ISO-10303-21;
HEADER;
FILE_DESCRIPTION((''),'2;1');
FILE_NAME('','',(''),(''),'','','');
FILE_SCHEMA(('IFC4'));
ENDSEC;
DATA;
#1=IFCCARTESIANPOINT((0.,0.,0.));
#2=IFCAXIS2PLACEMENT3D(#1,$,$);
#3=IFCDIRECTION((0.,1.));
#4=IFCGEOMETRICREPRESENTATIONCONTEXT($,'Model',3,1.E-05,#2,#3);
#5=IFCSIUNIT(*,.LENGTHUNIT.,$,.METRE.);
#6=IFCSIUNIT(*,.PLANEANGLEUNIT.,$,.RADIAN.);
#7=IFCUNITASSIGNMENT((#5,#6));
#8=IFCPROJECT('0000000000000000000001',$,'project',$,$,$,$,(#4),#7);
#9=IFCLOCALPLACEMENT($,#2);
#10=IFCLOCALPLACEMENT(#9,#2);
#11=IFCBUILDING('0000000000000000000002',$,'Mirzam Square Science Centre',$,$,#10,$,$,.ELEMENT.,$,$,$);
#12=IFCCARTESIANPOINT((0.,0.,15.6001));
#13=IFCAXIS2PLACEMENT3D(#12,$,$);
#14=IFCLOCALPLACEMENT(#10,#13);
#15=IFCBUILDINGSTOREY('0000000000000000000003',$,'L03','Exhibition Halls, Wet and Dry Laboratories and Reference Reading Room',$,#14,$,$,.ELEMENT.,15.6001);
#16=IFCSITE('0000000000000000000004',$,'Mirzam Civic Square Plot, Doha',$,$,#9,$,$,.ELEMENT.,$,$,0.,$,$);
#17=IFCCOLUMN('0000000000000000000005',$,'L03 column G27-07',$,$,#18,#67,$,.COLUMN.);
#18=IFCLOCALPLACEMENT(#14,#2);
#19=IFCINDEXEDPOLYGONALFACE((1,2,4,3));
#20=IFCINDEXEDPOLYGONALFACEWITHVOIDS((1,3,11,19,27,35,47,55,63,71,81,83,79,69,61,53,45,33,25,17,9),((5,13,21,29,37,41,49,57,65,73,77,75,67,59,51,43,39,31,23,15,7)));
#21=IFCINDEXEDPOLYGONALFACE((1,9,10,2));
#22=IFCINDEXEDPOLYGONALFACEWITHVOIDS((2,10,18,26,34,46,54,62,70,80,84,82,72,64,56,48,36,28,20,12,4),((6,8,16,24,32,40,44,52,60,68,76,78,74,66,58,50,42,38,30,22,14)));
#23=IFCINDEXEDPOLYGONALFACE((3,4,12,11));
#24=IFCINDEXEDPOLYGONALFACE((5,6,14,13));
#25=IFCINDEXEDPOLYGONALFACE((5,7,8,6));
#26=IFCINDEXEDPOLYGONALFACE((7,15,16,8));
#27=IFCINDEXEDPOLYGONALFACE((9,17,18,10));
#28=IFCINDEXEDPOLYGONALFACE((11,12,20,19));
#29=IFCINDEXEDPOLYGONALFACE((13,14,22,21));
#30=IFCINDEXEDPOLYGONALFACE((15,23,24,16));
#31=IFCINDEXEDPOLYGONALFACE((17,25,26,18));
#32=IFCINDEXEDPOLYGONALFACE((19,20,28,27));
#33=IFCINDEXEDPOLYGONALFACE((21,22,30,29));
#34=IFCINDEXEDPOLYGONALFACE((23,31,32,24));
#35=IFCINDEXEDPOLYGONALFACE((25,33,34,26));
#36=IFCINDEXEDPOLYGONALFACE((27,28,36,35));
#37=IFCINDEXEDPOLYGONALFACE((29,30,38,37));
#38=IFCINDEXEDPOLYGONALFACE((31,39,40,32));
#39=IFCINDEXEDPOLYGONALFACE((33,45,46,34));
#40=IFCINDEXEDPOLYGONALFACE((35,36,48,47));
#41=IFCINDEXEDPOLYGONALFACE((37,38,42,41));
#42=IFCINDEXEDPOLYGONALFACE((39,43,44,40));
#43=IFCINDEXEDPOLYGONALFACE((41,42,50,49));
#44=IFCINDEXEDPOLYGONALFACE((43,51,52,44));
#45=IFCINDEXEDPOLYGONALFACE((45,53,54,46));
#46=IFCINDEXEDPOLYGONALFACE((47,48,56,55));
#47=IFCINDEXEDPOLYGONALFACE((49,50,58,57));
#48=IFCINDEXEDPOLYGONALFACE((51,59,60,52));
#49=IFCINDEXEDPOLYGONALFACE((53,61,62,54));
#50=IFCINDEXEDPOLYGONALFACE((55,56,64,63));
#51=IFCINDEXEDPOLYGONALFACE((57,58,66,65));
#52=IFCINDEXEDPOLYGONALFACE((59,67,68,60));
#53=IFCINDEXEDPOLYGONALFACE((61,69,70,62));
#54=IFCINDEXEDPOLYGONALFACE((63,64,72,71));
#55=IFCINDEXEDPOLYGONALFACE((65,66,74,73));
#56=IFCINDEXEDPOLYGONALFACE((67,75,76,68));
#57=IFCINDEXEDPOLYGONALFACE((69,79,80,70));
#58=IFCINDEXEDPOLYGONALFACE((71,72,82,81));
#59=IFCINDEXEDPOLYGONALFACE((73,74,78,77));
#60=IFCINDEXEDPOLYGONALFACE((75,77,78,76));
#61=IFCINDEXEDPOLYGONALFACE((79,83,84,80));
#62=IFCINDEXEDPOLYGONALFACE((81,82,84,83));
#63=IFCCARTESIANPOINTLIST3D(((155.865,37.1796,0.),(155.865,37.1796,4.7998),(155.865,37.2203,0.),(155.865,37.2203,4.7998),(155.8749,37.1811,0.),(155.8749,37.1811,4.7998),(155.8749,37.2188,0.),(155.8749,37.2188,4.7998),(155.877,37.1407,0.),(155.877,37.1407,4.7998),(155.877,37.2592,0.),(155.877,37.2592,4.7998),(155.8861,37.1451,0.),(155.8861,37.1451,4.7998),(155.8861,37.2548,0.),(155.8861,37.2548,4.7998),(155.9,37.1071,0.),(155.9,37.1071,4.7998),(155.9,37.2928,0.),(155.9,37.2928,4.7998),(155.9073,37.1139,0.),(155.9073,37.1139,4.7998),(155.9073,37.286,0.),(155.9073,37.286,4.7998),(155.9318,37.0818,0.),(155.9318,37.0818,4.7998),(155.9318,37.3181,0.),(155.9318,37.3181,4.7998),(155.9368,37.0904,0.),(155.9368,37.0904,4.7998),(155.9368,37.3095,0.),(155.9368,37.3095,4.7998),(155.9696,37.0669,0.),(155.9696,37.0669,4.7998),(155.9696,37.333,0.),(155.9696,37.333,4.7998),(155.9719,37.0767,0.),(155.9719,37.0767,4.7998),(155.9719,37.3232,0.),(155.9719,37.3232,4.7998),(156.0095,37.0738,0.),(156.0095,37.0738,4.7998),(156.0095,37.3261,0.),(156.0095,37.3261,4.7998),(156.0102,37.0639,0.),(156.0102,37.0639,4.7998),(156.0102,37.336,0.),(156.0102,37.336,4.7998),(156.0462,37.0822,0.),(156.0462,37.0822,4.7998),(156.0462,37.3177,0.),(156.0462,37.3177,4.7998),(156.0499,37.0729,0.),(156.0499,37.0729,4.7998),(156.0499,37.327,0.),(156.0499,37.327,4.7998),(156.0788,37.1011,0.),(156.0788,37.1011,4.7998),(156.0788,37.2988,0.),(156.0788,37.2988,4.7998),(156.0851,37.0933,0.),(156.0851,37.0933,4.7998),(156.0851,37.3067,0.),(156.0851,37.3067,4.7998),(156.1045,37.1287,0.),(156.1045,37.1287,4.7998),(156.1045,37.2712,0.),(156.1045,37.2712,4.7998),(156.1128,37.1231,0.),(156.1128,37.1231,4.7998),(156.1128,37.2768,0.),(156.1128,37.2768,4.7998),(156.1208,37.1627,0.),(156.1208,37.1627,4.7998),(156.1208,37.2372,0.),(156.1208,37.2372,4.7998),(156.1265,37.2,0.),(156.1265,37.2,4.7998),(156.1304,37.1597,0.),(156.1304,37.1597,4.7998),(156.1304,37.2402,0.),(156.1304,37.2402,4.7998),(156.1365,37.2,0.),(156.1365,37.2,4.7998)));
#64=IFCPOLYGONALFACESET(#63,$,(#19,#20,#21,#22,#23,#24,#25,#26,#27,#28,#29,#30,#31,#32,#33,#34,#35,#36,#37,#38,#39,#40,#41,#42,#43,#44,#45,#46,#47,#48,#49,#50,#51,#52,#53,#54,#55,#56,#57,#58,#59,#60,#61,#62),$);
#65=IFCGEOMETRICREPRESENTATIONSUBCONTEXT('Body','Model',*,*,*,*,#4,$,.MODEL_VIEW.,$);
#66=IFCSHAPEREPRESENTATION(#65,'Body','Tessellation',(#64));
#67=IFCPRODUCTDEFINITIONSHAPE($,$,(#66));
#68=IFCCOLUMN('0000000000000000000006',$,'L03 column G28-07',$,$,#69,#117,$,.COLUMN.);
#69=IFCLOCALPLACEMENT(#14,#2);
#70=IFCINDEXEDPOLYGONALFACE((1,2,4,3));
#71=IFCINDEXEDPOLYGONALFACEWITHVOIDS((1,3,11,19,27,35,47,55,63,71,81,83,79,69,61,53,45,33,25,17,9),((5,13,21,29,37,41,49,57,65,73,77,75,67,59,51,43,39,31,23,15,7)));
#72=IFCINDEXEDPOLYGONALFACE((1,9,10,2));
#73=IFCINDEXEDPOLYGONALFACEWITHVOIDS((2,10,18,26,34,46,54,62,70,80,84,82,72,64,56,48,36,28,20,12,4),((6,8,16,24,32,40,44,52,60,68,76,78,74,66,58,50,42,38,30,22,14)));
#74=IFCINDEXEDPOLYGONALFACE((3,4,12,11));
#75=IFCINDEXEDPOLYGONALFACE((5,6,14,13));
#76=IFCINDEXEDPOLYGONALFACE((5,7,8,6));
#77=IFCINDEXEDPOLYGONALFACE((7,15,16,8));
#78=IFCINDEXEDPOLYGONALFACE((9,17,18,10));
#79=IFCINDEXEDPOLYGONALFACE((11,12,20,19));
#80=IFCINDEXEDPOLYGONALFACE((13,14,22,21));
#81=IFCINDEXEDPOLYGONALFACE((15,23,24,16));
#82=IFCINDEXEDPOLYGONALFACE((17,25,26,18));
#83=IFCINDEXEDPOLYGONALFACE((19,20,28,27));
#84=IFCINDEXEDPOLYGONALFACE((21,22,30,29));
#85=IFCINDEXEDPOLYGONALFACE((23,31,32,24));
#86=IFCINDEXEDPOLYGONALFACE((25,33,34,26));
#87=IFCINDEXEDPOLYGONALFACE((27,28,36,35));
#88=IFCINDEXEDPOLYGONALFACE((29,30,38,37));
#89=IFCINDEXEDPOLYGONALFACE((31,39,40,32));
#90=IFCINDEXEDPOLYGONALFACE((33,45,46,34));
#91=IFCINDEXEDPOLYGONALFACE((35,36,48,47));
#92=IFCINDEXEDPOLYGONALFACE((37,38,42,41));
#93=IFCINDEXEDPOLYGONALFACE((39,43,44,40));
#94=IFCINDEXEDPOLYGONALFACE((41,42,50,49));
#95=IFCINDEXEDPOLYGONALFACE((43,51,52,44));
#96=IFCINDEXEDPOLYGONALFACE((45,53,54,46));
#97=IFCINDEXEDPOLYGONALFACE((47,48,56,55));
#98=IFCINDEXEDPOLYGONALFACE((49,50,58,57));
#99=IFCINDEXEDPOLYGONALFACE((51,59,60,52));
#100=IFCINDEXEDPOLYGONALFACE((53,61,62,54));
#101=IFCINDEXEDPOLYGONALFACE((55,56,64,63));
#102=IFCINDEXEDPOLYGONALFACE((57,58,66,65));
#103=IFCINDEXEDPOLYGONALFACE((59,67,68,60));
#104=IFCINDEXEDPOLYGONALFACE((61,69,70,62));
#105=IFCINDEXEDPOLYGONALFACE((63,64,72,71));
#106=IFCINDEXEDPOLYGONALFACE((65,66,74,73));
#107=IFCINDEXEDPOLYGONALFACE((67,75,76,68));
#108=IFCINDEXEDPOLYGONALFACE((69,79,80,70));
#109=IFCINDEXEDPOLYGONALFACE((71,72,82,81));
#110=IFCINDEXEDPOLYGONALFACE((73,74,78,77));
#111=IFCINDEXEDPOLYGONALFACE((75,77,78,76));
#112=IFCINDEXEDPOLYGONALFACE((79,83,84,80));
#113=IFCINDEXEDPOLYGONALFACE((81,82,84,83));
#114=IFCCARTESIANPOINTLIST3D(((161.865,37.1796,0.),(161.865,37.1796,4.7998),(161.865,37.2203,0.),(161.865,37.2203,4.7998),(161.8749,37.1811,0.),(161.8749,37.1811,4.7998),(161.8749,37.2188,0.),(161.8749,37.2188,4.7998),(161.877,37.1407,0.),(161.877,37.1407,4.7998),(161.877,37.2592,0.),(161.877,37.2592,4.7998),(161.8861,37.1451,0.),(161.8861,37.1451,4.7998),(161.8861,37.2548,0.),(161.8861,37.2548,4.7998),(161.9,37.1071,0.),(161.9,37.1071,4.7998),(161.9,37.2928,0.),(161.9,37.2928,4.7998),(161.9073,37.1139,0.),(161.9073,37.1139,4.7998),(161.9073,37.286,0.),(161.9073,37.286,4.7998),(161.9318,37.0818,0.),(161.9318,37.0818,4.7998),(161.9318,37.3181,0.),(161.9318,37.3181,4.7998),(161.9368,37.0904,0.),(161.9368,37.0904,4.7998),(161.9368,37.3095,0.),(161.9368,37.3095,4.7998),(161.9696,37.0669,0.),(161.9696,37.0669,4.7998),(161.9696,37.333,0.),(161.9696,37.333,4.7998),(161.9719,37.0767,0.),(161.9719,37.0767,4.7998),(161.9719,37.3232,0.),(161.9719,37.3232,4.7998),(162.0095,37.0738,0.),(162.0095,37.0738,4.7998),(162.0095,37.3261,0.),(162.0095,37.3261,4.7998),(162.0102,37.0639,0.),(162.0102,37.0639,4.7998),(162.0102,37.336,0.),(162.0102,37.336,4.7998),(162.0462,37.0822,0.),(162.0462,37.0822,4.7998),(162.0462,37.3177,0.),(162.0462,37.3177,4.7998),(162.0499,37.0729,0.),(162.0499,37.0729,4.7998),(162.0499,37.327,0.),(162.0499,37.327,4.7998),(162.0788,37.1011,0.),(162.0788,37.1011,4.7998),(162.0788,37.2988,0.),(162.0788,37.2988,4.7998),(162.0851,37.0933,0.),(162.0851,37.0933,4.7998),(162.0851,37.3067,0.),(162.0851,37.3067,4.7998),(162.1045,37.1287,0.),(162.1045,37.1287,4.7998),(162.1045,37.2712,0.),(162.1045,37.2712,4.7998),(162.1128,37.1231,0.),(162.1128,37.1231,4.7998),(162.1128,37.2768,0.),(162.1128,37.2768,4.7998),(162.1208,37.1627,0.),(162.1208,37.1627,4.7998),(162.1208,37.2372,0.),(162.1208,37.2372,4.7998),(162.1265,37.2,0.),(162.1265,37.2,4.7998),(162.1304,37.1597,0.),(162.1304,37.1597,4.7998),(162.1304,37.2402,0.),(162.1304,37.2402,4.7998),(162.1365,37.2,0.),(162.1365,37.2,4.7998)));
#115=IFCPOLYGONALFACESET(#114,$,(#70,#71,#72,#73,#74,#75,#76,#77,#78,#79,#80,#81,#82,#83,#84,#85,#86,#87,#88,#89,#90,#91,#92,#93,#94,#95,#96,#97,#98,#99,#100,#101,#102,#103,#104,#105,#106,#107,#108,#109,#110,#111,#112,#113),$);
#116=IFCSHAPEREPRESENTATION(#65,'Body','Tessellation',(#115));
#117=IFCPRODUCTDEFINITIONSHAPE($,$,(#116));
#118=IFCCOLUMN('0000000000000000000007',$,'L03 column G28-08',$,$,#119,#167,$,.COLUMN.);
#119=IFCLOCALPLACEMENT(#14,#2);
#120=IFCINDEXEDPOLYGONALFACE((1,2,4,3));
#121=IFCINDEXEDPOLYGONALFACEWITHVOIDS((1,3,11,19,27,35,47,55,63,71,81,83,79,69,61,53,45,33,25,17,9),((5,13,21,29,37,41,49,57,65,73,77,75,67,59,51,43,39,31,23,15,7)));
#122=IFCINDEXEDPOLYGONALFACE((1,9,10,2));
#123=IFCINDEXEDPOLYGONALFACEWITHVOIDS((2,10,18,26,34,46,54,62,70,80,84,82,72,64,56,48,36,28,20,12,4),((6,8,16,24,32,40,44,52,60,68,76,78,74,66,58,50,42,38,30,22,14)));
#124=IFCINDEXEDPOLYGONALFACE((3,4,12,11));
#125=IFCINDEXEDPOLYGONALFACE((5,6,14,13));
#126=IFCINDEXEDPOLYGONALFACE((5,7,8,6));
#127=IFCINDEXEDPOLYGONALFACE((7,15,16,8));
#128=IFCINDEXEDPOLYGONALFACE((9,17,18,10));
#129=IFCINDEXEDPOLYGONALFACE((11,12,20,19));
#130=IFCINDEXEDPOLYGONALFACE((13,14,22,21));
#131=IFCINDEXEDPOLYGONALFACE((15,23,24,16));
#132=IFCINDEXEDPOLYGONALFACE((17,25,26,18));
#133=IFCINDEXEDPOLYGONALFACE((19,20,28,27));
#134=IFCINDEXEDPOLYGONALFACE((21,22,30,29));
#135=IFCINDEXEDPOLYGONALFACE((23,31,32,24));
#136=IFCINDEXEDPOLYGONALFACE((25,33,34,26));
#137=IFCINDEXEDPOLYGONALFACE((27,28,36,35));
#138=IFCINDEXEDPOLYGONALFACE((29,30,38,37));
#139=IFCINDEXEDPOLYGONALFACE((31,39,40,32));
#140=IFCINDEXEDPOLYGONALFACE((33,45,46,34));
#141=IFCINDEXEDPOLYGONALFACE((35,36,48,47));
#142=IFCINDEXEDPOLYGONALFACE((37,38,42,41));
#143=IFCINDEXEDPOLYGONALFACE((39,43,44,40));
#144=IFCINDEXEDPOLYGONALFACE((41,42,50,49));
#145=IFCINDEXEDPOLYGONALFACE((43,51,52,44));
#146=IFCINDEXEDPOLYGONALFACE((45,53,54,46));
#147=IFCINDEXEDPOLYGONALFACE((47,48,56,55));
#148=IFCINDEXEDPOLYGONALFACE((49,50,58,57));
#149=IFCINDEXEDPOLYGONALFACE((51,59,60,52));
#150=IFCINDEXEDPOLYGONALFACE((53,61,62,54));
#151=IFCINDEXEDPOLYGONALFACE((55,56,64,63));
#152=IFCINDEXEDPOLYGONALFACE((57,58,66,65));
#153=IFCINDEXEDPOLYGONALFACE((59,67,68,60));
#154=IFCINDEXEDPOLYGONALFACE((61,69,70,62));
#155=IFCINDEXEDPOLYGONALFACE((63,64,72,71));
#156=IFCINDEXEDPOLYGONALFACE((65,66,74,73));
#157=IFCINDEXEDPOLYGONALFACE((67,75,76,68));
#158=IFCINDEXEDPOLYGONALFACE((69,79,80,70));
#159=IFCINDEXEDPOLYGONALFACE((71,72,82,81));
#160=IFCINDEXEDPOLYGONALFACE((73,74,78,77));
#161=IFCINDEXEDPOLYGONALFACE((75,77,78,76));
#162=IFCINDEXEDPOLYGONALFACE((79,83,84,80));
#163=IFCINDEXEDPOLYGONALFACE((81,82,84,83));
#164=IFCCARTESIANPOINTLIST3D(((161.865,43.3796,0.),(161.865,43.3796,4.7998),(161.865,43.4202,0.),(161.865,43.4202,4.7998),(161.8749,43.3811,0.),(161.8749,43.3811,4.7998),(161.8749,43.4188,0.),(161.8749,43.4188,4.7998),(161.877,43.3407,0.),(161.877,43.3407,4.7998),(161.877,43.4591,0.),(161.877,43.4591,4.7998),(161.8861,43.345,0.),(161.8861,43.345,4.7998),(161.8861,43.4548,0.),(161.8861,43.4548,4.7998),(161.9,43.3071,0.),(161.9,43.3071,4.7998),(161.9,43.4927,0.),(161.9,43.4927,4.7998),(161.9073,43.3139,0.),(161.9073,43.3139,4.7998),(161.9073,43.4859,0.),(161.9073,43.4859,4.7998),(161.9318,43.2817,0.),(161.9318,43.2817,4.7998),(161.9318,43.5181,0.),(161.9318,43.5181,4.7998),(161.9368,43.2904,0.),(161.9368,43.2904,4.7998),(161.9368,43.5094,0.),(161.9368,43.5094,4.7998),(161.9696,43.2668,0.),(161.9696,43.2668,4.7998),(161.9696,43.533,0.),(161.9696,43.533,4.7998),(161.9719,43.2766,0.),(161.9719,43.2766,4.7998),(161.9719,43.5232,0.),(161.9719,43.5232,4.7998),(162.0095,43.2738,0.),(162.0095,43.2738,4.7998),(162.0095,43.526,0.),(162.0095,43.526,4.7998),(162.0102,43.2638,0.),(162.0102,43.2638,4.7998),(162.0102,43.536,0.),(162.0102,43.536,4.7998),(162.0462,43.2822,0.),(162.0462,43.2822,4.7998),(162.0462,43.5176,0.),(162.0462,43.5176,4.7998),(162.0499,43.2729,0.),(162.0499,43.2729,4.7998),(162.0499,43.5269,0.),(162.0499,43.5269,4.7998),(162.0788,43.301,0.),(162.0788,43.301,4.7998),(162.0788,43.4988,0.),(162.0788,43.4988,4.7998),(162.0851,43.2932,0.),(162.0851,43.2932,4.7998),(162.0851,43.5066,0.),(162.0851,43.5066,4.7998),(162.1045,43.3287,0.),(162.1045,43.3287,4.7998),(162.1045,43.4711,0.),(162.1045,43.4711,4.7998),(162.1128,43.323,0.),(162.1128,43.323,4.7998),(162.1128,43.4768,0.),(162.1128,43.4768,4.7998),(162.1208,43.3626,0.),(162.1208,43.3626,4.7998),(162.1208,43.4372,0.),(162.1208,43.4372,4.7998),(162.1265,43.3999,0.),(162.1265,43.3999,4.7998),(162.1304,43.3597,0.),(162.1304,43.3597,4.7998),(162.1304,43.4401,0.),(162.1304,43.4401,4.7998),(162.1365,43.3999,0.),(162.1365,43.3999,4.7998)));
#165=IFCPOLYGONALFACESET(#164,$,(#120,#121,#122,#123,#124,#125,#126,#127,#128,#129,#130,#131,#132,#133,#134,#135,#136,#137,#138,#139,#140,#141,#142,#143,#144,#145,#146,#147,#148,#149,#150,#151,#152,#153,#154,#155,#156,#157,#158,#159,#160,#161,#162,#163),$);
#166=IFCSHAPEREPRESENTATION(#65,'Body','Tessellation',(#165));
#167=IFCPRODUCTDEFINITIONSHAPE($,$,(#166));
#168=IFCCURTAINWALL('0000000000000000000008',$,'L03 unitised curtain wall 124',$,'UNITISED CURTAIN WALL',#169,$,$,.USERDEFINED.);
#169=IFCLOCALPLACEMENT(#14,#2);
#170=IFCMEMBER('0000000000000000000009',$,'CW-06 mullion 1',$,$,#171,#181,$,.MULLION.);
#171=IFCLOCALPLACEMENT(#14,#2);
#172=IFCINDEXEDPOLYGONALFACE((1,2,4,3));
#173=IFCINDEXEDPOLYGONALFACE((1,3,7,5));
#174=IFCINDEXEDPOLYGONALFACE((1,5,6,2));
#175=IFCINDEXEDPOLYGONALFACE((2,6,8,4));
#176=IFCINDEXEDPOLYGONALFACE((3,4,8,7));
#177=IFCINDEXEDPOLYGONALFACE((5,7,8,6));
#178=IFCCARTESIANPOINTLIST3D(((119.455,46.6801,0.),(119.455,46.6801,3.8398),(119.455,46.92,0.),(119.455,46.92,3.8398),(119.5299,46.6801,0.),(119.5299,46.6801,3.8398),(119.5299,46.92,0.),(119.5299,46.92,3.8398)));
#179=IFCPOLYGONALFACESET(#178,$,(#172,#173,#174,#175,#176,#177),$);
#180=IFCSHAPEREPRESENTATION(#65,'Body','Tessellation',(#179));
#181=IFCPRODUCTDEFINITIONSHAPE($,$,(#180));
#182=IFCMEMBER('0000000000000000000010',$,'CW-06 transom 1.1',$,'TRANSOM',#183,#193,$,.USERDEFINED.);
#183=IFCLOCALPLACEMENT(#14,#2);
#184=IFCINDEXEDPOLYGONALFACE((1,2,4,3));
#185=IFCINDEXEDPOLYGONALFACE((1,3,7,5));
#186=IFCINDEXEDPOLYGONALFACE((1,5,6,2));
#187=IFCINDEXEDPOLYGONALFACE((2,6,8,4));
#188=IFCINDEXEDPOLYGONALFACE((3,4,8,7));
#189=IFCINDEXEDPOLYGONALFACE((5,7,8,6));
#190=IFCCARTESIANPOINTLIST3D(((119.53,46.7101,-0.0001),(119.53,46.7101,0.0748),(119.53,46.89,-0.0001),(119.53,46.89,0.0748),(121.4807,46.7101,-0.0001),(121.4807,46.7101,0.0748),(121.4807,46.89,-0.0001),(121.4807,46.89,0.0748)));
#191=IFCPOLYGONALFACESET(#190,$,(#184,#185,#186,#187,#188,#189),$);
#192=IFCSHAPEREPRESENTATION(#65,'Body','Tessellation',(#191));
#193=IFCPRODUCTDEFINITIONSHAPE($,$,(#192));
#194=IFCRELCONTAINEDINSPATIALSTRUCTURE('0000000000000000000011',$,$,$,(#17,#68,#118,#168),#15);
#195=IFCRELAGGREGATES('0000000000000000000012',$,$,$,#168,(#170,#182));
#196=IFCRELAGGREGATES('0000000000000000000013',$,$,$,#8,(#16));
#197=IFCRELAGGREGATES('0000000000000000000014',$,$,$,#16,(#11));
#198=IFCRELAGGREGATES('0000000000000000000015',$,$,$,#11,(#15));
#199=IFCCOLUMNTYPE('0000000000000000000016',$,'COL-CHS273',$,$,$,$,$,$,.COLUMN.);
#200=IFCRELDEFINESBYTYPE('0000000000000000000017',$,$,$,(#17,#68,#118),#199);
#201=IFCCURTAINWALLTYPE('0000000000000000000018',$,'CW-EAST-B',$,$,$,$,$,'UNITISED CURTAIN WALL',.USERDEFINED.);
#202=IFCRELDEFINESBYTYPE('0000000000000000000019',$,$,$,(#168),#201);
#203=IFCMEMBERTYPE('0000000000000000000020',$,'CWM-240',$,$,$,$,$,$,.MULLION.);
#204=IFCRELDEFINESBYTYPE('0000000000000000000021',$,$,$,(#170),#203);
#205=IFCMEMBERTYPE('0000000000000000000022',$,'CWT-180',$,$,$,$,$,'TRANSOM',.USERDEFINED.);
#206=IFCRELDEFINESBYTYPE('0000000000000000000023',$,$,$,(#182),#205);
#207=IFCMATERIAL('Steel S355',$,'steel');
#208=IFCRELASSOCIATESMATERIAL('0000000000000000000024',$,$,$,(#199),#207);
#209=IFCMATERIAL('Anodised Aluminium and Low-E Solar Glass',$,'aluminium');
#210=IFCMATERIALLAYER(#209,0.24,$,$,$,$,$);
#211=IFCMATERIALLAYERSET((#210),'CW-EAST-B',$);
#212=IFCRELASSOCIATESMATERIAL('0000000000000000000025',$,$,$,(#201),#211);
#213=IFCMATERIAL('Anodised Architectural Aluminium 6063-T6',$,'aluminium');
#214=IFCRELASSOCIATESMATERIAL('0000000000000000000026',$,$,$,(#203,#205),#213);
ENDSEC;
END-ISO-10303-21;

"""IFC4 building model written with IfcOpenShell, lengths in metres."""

from ifc_helpers import new_model, si_unit, direction, frame, origin, origin_2d, place, context, subcontext, project, spatial, rectangle, hollow_circle, extrude, material, layer, layer_set, material_profile, profile_set, type_object, element, aggregate, save


model = new_model("IFC4")

# Units and contexts
model_context = context("Model", 3, precision=1e-05, world=origin(), true_north=direction((0.0, 1.0)))
body_context = subcontext(model_context, "Body", "Model", "MODEL_VIEW")
ifc_project = project(units=[si_unit("LENGTHUNIT", "METRE"), si_unit("PLANEANGLEUNIT", "RADIAN")], contexts=[model_context])

# Site, building, storey
site_placement = place(None, origin())
site = spatial("IfcSite", under=ifc_project, at=site_placement, Name="Mirzam Civic Square Plot, Doha", CompositionType="ELEMENT", RefElevation=0.0)
building_placement = place(site_placement, origin())
building = spatial("IfcBuilding", under=site, at=building_placement, Name="Mirzam Square Science Centre", CompositionType="ELEMENT")
storey_placement = place(building_placement, frame((0.0, 0.0, 15.6001)))
storey = spatial("IfcBuildingStorey", under=building, at=storey_placement, Name="L03", Description="Exhibition Halls, Wet and Dry Laboratories and Reference Reading Room", CompositionType="ELEMENT", Elevation=15.6001)

# Columns
ifc_material_1 = material(Name="Steel S355", Category="steel")
ifc_material_profile_1 = material_profile(ifc_material_1, hollow_circle(Radius=0.1365, WallThickness=0.01, at=origin_2d()), Name="273.0x10.0CHS")
ifc_profile_set_1 = profile_set([ifc_material_profile_1], Name="Steel S355")
column_type = type_object("IfcColumnType", Name="COL-CHS273", PredefinedType="COLUMN", material=ifc_profile_set_1)
for number, where, z_axis, x_axis, name in (
    (1, (156.0, 37.2, 0.0), (0.0, 0.0, 1.0), (1.0, 0.0, 0.0), "L03 column G27-07"),
    (2, (162.0, 37.2, 0.0), (0.0, 0.0, 1.0), (1.0, 0.0, 0.0), "L03 column G28-07"),
    (3, (162.0, 43.3999, 0.0), (0.0, 0.0, 1.0), (1.0, 0.0, 0.0), "L03 column G28-08"),
):
    element("IfcColumn", number, at=place(storey_placement, frame(where, z_axis=z_axis, x_axis=x_axis)), inside=storey, type_object=column_type, Name=name, PredefinedType="COLUMN", context=body_context, shape_type="SweptSolid", body=[
        extrude(hollow_circle(Radius=0.1365, WallThickness=0.01, at=origin_2d()), origin(), (0.0, 0.0, 1.0), 4.7998),
    ])

# Curtain wall, members
ifc_material_2 = material(Name="Anodised Aluminium and Low-E Solar Glass", Category="aluminium")
ifc_layer_1 = layer(ifc_material_2, 0.24)
ifc_layer_set_1 = layer_set([ifc_layer_1], Name="CW-EAST-B")
curtain_wall_type = type_object("IfcCurtainWallType", Name="CW-EAST-B", ElementType="UNITISED CURTAIN WALL", PredefinedType="USERDEFINED", material=ifc_layer_set_1)
curtain_wall_placement = place(storey_placement, origin())
curtain_wall = element("IfcCurtainWall", 4, at=curtain_wall_placement, inside=storey, type_object=curtain_wall_type, Name="L03 unitised curtain wall 124", ObjectType="UNITISED CURTAIN WALL", PredefinedType="USERDEFINED")
ifc_material_3 = material(Name="Anodised Architectural Aluminium 6063-T6", Category="aluminium")
ifc_material_profile_2 = material_profile(ifc_material_3, rectangle(XDim=0.075, YDim=0.24, at=origin_2d()), Name="ALU-MULL-240x75x5")
ifc_profile_set_2 = profile_set([ifc_material_profile_2], Name="Anodised Architectural Aluminium 6063-T6")
member_type_1 = type_object("IfcMemberType", Name="CWM-240", PredefinedType="MULLION", material=ifc_profile_set_2)
member_1_placement = place(storey_placement, frame((119.4924, 46.8, 0.0), z_axis=(0.0, 0.0, 1.0), x_axis=(1.0, 0.0, 0.0)))
member_1 = element("IfcMember", 5, at=member_1_placement, type_object=member_type_1, Name="CW-06 mullion 1", PredefinedType="MULLION", context=body_context, shape_type="SweptSolid", body=[
    extrude(rectangle(XDim=0.075, YDim=0.24, at=origin_2d()), origin(), (0.0, 0.0, 1.0), 3.8398),
])
ifc_material_profile_3 = material_profile(ifc_material_3, rectangle(XDim=0.1799, YDim=0.075, at=origin_2d()), Name="ALU-TRAN-180x75x5")
ifc_profile_set_3 = profile_set([ifc_material_profile_3], Name="Anodised Architectural Aluminium 6063-T6")
member_type_2 = type_object("IfcMemberType", Name="CWT-180", ElementType="TRANSOM", PredefinedType="USERDEFINED", material=ifc_profile_set_3)
member_2_placement = place(storey_placement, frame((119.53, 46.8, 0.0374), z_axis=(1.0, 0.0, 0.0), x_axis=(0.0, 1.0, 0.0)))
member_2 = element("IfcMember", 6, at=member_2_placement, type_object=member_type_2, Name="CW-06 transom 1.1", ObjectType="TRANSOM", PredefinedType="USERDEFINED", context=body_context, shape_type="SweptSolid", body=[
    extrude(rectangle(XDim=0.1799, YDim=0.075, at=origin_2d()), origin(), (0.0, 0.0, 1.0), 1.9507),
])
aggregate(curtain_wall, [member_1, member_2])

save(model, "model.ifc")
